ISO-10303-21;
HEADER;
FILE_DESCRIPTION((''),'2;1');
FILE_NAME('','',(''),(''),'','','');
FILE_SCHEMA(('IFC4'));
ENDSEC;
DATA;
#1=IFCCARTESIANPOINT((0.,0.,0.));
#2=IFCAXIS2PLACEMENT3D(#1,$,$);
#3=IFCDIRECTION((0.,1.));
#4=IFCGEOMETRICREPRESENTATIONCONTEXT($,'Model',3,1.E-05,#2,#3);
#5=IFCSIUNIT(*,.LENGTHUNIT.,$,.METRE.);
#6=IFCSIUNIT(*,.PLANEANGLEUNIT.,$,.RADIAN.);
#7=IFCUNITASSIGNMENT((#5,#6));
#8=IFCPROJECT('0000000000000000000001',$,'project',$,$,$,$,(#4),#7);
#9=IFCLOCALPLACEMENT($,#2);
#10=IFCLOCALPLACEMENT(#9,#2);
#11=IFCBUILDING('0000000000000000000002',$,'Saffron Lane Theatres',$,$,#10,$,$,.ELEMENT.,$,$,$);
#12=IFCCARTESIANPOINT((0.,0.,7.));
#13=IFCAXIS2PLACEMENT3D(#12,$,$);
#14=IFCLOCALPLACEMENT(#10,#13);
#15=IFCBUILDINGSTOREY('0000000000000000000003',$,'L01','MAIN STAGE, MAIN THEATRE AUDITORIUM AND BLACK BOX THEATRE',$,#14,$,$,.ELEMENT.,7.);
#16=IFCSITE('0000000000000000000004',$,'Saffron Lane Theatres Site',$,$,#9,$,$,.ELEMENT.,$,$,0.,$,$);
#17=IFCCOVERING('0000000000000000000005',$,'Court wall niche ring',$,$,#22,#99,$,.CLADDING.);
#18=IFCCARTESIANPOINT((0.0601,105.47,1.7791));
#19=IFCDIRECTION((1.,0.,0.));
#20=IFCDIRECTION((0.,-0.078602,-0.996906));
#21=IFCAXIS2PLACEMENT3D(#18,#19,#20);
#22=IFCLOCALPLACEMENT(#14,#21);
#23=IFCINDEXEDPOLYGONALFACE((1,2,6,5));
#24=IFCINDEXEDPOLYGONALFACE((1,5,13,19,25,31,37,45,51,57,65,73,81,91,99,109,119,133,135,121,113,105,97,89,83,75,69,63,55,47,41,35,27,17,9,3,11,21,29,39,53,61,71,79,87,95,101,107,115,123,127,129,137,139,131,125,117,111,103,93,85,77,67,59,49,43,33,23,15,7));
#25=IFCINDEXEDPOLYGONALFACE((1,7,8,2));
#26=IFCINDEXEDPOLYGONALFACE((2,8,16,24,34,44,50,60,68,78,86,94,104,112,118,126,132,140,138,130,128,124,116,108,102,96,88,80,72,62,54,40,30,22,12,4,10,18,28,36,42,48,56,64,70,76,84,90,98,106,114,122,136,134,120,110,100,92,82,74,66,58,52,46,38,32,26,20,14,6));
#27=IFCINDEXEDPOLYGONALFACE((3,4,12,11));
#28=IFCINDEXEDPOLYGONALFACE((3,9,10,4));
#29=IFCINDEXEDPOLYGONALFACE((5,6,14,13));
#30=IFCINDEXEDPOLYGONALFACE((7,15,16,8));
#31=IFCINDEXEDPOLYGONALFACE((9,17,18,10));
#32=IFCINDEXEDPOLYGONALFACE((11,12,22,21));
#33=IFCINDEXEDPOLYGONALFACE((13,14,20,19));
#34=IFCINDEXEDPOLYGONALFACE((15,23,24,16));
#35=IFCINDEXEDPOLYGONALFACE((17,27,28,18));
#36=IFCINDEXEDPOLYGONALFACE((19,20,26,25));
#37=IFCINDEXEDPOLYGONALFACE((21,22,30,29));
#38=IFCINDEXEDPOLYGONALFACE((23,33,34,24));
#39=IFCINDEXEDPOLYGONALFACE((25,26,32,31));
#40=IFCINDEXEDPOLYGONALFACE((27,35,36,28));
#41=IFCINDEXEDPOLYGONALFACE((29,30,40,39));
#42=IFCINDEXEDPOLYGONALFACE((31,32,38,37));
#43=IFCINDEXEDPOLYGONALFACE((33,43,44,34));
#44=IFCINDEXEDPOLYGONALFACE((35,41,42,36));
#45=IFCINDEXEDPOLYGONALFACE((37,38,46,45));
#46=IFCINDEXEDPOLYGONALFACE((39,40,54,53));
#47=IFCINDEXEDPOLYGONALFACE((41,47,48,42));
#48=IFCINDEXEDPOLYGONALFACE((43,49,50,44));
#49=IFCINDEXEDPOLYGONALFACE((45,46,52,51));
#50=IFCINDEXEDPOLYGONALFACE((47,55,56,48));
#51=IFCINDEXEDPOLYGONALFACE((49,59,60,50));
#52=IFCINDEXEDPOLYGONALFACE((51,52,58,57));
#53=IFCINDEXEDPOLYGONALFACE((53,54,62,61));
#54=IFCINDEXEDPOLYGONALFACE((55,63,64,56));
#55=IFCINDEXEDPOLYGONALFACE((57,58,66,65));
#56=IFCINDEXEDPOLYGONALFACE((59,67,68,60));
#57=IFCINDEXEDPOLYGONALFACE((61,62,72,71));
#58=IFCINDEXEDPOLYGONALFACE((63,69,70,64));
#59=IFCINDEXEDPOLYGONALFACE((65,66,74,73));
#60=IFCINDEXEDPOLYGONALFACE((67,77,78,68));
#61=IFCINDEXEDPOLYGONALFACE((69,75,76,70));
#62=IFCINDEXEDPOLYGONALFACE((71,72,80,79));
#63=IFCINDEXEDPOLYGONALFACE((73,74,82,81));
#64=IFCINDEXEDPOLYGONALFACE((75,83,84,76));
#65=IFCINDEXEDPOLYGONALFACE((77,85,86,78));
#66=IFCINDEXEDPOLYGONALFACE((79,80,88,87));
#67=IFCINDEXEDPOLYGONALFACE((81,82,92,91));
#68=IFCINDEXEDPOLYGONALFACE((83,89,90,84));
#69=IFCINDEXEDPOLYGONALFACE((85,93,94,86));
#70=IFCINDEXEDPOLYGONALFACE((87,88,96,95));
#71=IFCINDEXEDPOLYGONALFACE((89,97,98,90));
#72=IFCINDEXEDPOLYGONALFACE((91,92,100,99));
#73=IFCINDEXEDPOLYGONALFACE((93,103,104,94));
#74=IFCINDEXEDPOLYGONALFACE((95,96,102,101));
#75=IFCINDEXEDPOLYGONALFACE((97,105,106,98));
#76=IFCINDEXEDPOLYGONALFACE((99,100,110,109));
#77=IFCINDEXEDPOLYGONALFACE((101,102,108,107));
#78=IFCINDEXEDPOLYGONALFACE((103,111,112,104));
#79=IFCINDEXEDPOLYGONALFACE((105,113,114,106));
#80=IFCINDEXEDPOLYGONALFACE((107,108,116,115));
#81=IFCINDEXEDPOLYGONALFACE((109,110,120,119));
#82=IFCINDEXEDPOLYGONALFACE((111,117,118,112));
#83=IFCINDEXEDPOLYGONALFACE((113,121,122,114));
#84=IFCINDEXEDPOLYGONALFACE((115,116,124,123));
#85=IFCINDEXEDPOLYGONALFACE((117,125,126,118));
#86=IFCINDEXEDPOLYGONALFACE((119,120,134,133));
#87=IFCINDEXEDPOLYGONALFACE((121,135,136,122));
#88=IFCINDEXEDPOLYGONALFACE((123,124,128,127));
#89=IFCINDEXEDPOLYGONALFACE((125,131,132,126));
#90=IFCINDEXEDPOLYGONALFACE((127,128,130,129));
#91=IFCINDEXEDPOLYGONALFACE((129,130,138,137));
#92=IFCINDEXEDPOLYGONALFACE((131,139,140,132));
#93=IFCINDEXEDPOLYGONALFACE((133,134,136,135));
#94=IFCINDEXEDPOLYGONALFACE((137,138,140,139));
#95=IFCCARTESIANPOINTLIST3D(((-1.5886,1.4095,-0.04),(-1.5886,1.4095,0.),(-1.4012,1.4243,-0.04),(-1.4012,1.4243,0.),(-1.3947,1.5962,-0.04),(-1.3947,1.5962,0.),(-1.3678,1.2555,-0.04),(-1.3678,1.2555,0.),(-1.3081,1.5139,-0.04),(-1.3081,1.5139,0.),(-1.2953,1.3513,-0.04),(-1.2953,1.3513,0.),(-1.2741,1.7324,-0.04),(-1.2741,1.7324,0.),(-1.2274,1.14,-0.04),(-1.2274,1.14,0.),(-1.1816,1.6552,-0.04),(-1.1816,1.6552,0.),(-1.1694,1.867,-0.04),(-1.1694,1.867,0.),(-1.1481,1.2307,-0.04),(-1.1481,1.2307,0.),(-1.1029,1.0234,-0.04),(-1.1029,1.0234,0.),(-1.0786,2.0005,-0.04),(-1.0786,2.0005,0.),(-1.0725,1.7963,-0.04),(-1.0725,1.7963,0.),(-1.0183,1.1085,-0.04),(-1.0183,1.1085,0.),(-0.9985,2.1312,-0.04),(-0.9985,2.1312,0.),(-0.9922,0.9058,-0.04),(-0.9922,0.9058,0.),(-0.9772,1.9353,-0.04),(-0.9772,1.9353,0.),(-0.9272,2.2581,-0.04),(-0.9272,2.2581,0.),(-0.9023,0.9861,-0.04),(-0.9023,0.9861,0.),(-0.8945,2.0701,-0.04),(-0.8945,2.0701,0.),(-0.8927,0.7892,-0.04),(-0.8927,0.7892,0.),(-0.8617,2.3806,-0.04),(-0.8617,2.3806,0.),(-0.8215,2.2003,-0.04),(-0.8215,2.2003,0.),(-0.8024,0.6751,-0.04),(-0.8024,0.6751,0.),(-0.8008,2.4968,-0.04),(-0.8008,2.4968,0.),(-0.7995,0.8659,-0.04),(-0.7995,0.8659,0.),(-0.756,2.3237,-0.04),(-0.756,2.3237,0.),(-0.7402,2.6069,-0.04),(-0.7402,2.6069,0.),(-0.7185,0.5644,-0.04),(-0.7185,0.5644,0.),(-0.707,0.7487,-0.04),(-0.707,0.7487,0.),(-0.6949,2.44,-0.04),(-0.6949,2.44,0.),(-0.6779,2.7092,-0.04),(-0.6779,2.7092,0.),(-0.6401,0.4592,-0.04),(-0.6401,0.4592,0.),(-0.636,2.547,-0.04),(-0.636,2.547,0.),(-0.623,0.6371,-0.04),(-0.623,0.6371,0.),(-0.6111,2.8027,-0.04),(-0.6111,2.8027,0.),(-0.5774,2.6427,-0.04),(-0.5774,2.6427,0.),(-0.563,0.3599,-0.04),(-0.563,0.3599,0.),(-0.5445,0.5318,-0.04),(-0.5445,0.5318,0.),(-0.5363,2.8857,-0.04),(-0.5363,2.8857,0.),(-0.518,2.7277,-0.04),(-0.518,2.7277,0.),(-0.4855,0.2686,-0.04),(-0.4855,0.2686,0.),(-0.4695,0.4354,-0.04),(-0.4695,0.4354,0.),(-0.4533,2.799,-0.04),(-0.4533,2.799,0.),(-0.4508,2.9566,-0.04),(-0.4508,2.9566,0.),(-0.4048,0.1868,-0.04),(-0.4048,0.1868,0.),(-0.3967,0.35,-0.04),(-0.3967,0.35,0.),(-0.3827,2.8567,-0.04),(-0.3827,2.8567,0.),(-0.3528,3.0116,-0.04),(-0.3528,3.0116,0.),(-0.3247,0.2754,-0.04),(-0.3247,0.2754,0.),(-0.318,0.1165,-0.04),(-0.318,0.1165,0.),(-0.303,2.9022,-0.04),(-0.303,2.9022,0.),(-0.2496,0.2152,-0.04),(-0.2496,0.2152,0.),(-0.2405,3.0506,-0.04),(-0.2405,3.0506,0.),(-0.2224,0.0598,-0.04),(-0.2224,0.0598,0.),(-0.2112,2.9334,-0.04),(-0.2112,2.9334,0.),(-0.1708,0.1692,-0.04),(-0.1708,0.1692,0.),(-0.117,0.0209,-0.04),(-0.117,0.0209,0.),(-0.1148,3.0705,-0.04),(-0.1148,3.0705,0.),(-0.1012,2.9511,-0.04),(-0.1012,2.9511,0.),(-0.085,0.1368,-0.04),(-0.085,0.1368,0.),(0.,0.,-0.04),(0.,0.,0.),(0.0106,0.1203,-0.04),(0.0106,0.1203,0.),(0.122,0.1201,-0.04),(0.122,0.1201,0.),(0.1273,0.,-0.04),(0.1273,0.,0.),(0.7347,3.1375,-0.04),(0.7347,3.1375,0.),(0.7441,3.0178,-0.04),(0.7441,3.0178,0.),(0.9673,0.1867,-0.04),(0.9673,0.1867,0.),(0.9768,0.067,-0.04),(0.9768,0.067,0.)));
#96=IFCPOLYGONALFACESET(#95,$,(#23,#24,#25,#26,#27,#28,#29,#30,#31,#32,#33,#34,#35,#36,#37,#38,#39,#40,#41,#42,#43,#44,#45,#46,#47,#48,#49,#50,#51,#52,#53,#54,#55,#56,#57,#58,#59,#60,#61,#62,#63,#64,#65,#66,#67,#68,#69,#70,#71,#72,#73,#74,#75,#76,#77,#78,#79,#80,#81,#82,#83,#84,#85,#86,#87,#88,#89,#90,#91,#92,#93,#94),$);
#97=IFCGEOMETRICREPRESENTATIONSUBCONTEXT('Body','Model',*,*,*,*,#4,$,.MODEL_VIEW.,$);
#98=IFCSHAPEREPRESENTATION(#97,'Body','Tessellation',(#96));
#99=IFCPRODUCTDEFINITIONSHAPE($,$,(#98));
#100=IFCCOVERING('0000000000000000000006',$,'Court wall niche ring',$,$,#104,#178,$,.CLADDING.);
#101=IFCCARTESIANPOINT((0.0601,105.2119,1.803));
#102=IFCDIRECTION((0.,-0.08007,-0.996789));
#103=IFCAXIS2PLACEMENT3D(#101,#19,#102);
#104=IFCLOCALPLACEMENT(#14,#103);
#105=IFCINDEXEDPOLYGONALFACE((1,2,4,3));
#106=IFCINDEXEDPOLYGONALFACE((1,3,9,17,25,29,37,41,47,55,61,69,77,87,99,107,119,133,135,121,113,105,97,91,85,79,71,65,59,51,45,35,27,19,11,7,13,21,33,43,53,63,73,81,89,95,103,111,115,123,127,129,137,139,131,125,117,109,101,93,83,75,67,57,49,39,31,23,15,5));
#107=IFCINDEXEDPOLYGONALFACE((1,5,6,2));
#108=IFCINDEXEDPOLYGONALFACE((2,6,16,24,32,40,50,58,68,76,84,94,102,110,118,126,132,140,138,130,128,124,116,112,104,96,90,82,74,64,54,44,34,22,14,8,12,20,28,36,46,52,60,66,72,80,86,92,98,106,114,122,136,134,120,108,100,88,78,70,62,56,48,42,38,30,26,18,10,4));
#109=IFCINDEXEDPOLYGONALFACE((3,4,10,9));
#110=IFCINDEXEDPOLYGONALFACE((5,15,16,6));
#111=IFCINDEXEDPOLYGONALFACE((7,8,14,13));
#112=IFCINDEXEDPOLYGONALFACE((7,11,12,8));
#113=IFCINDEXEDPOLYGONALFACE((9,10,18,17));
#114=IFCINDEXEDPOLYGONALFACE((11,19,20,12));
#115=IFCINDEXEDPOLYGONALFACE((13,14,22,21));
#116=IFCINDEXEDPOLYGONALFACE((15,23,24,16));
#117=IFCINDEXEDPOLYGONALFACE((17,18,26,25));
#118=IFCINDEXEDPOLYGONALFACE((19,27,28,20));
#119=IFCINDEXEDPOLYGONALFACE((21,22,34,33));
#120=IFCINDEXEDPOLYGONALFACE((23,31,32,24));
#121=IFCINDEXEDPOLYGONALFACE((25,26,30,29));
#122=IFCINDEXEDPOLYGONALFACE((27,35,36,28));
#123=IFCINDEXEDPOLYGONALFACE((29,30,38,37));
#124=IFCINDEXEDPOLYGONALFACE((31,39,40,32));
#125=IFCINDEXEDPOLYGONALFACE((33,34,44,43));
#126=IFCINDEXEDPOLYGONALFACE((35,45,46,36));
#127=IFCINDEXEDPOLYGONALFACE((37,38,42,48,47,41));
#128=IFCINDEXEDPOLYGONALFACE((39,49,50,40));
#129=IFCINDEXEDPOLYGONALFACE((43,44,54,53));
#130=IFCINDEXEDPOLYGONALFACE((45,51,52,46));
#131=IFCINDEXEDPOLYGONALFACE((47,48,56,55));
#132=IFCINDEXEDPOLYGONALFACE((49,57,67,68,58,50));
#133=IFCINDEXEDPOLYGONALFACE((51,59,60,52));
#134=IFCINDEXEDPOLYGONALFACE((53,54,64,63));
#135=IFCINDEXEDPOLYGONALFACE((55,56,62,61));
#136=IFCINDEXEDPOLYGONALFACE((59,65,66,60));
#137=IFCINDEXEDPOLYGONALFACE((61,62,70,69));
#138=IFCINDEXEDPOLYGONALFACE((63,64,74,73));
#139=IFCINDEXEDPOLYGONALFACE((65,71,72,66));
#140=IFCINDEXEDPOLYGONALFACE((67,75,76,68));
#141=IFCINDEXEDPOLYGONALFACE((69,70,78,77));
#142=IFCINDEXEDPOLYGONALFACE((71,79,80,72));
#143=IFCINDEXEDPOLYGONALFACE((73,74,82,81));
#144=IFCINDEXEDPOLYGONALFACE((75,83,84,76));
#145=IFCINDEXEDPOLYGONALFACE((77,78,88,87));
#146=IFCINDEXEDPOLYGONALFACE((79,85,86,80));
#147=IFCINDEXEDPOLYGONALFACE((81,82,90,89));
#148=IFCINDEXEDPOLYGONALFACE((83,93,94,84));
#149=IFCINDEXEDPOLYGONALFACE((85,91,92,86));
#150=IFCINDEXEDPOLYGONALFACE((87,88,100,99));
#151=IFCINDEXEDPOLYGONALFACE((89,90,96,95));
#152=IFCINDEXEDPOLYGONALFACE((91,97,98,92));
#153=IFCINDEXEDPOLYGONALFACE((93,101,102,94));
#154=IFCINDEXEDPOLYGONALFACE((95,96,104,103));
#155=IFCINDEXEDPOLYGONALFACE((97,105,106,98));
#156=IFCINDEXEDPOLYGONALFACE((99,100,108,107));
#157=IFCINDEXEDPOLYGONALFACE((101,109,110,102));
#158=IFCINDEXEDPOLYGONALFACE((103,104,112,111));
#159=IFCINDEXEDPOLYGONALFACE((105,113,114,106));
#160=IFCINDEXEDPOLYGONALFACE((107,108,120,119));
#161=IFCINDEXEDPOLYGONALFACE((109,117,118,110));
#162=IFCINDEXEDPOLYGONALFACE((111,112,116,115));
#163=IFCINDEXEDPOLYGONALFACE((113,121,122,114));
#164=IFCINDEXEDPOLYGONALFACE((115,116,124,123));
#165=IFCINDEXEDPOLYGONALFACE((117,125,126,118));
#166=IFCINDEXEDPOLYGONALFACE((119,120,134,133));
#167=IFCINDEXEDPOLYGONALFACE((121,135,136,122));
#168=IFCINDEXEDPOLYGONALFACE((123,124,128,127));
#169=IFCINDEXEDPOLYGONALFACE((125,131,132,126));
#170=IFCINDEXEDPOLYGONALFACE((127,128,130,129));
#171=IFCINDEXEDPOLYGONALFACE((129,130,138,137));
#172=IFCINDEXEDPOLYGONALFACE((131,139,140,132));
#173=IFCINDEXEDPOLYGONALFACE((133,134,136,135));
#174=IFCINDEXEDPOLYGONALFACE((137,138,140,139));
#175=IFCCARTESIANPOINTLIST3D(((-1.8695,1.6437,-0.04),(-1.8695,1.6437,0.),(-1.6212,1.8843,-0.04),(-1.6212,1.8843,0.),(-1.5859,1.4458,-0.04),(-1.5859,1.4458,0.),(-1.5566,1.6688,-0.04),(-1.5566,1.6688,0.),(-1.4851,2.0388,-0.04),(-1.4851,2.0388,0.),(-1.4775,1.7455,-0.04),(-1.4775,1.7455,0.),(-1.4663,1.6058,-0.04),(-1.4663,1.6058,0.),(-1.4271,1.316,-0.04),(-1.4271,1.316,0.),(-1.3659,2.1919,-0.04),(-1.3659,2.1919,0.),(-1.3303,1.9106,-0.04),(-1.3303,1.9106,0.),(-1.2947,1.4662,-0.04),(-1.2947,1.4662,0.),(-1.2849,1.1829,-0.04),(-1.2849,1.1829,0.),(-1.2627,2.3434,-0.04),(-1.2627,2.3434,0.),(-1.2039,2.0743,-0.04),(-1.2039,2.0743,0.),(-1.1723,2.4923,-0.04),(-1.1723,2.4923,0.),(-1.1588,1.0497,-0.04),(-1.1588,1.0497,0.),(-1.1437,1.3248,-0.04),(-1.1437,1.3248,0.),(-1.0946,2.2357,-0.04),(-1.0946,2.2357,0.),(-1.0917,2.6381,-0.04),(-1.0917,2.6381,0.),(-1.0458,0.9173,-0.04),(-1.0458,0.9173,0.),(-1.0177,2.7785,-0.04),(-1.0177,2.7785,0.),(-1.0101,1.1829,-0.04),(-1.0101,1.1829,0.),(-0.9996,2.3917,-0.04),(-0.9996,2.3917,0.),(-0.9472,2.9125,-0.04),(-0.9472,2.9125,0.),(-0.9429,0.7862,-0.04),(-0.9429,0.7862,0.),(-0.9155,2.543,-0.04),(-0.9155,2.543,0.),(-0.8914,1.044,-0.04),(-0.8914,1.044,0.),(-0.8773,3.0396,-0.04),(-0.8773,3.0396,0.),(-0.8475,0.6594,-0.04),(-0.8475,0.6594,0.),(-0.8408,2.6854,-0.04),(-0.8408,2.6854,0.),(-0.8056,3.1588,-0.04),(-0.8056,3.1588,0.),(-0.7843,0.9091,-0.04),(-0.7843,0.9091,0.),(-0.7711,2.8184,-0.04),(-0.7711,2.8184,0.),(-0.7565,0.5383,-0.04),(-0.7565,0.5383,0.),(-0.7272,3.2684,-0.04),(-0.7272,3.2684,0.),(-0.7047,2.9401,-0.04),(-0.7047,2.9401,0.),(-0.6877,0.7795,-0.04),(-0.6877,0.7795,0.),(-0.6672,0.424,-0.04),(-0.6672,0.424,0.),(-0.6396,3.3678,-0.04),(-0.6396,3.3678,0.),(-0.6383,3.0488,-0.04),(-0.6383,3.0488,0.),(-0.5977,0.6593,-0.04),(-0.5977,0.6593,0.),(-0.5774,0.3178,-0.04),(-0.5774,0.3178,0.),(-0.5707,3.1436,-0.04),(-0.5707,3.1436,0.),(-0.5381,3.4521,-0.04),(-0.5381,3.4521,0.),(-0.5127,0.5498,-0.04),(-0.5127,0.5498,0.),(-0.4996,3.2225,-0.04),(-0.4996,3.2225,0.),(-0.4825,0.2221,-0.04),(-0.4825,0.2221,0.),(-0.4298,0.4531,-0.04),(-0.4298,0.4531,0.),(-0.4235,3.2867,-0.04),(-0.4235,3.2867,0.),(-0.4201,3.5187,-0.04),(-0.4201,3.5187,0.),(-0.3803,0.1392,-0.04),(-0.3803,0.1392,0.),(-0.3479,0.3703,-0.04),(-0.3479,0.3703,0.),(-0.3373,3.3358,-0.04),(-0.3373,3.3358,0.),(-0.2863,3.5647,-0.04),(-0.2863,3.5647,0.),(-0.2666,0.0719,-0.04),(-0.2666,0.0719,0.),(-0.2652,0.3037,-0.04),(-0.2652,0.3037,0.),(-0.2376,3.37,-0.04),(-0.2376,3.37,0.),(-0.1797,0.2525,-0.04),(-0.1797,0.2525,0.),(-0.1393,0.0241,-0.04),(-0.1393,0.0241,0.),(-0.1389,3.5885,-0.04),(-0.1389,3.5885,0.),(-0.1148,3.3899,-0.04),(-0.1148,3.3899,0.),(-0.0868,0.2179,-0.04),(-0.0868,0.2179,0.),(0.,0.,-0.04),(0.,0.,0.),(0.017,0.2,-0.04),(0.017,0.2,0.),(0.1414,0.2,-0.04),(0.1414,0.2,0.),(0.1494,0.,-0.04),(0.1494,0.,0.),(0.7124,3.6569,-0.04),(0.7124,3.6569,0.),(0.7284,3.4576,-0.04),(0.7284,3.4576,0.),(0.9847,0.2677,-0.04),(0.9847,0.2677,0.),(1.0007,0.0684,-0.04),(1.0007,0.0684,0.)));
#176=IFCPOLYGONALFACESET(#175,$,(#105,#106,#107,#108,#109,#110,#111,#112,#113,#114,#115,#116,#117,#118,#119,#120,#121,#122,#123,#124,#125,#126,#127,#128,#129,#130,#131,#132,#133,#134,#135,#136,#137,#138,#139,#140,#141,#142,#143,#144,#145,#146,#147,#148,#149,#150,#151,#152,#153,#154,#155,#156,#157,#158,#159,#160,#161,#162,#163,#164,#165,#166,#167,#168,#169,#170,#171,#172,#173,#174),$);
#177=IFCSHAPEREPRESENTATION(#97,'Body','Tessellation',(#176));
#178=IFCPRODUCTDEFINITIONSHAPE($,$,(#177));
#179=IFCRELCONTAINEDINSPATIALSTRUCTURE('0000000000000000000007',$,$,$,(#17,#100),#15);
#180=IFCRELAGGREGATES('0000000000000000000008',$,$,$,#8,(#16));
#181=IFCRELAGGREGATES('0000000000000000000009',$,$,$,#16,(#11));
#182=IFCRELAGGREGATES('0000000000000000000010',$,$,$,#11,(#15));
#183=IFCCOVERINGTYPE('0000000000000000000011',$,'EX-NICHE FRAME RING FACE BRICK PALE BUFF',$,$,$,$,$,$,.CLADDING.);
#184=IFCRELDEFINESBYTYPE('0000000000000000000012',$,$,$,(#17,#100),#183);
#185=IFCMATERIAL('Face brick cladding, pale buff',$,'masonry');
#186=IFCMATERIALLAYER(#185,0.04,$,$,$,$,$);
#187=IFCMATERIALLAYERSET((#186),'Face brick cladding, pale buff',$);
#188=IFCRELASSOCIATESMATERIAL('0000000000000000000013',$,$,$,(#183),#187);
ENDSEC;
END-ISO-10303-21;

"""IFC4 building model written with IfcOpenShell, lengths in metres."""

from ifc_helpers import new_model, si_unit, direction, frame, origin, place, context, subcontext, project, spatial, polyline, outline, extrude, material, layer, layer_set, type_object, element, save


model = new_model("IFC4")

# Units and contexts
model_context = context("Model", 3, precision=1e-05, world=origin(), true_north=direction((0.0, 1.0)))
body_context = subcontext(model_context, "Body", "Model", "MODEL_VIEW")
ifc_project = project(units=[si_unit("LENGTHUNIT", "METRE"), si_unit("PLANEANGLEUNIT", "RADIAN")], contexts=[model_context])

# Site, building, storey
site_placement = place(None, origin())
site = spatial("IfcSite", under=ifc_project, at=site_placement, Name="Saffron Lane Theatres Site", CompositionType="ELEMENT", RefElevation=0.0)
building_placement = place(site_placement, origin())
building = spatial("IfcBuilding", under=site, at=building_placement, Name="Saffron Lane Theatres", CompositionType="ELEMENT")
storey_placement = place(building_placement, frame((0.0, 0.0, 7.0)))
storey = spatial("IfcBuildingStorey", under=building, at=storey_placement, Name="L01", Description="MAIN STAGE, MAIN THEATRE AUDITORIUM AND BLACK BOX THEATRE", CompositionType="ELEMENT", Elevation=7.0)

# Coverings
ifc_material_1 = material(Name="Face brick cladding, pale buff", Category="masonry")
ifc_layer_1 = layer(ifc_material_1, 0.04)
ifc_layer_set_1 = layer_set([ifc_layer_1], Name="Face brick cladding, pale buff")
covering_type_1 = type_object("IfcCoveringType", Name="EX-NICHE FRAME RING FACE BRICK PALE BUFF", PredefinedType="CLADDING", material=ifc_layer_set_1)
covering_1_placement = place(storey_placement, frame((0.0601, 105.47, 1.7791), z_axis=(1.0, 0.0, 0.0), x_axis=(0.0, -0.078602, -0.996906)))
element("IfcCovering", 1, at=covering_1_placement, inside=storey, type_object=covering_type_1, Name="Court wall niche ring", PredefinedType="CLADDING", context=body_context, shape_type="SweptSolid", body=[
    extrude(outline(polyline([(0.0, 0.0), (0.1273, 0.0), (0.9768, 0.067), (0.9673, 0.1867), (0.122, 0.1201), (0.0106, 0.1203), (-0.085, 0.1368), (-0.1708, 0.1692), (-0.2496, 0.2152), (-0.3247, 0.2754), (-0.3967, 0.35), (-0.4695, 0.4354), (-0.5445, 0.5318), (-0.623, 0.6371), (-0.707, 0.7487), (-0.7995, 0.8659), (-0.9023, 0.9861), (-1.0183, 1.1085), (-1.1481, 1.2307), (-1.2953, 1.3513), (-1.4012, 1.4243), (-1.3081, 1.5139), (-1.1816, 1.6552), (-1.0725, 1.7963), (-0.9772, 1.9353), (-0.8945, 2.0701), (-0.8215, 2.2003), (-0.756, 2.3237), (-0.6949, 2.44), (-0.636, 2.547), (-0.5774, 2.6427), (-0.518, 2.7277), (-0.4533, 2.799), (-0.3827, 2.8567), (-0.303, 2.9022), (-0.2112, 2.9334), (-0.1012, 2.9511), (0.7441, 3.0178), (0.7347, 3.1375), (-0.1148, 3.0705), (-0.2405, 3.0506), (-0.3528, 3.0116), (-0.4508, 2.9566), (-0.5363, 2.8857), (-0.6111, 2.8027), (-0.6779, 2.7092), (-0.7402, 2.6069), (-0.8008, 2.4968), (-0.8617, 2.3806), (-0.9272, 2.2581), (-0.9985, 2.1312), (-1.0786, 2.0005), (-1.1694, 1.867), (-1.2741, 1.7324), (-1.3947, 1.5962), (-1.5886, 1.4095), (-1.3678, 1.2555), (-1.2274, 1.14), (-1.1029, 1.0234), (-0.9922, 0.9058), (-0.8927, 0.7892), (-0.8024, 0.6751), (-0.7185, 0.5644), (-0.6401, 0.4592), (-0.563, 0.3599), (-0.4855, 0.2686), (-0.4048, 0.1868), (-0.318, 0.1165), (-0.2224, 0.0598), (-0.117, 0.0209), (0.0, 0.0)])), origin(), (0.0, 0.0, -1.0), 0.04),
])
covering_2_placement = place(storey_placement, frame((0.0601, 105.2119, 1.803), z_axis=(1.0, 0.0, 0.0), x_axis=(0.0, -0.08007, -0.996789)))
element("IfcCovering", 2, at=covering_2_placement, inside=storey, type_object=covering_type_1, Name="Court wall niche ring", PredefinedType="CLADDING", context=body_context, shape_type="SweptSolid", body=[
    extrude(outline(polyline([(0.0, 0.0), (0.1494, 0.0), (1.0007, 0.0684), (0.9847, 0.2677), (0.1414, 0.2), (0.017, 0.2), (-0.0868, 0.2179), (-0.1797, 0.2525), (-0.2652, 0.3037), (-0.3479, 0.3703), (-0.4298, 0.4531), (-0.5127, 0.5498), (-0.5977, 0.6593), (-0.6877, 0.7795), (-0.7843, 0.9091), (-0.8914, 1.044), (-1.0101, 1.1829), (-1.1437, 1.3248), (-1.2947, 1.4662), (-1.4663, 1.6058), (-1.5566, 1.6688), (-1.4775, 1.7455), (-1.3303, 1.9106), (-1.2039, 2.0743), (-1.0946, 2.2357), (-0.9996, 2.3917), (-0.9155, 2.543), (-0.8408, 2.6854), (-0.7711, 2.8184), (-0.7047, 2.9401), (-0.6383, 3.0488), (-0.5707, 3.1436), (-0.4996, 3.2225), (-0.4235, 3.2867), (-0.3373, 3.3358), (-0.2376, 3.37), (-0.1148, 3.3899), (0.7284, 3.4576), (0.7124, 3.6569), (-0.1389, 3.5885), (-0.2863, 3.5647), (-0.4201, 3.5187), (-0.5381, 3.4521), (-0.6396, 3.3678), (-0.7272, 3.2684), (-0.8056, 3.1588), (-0.8773, 3.0396), (-0.9472, 2.9125), (-1.0177, 2.7785), (-1.0917, 2.6381), (-1.1723, 2.4923), (-1.2627, 2.3434), (-1.3659, 2.1919), (-1.4851, 2.0388), (-1.6212, 1.8843), (-1.8695, 1.6437), (-1.5859, 1.4458), (-1.4271, 1.316), (-1.2849, 1.1829), (-1.1588, 1.0497), (-1.0458, 0.9173), (-0.9429, 0.7862), (-0.8475, 0.6594), (-0.7565, 0.5383), (-0.6672, 0.424), (-0.5774, 0.3178), (-0.4825, 0.2221), (-0.3803, 0.1392), (-0.2666, 0.0719), (-0.1393, 0.0241), (0.0, 0.0)])), origin(), (0.0, 0.0, -1.0), 0.04),
])

save(model, "model.ifc")
